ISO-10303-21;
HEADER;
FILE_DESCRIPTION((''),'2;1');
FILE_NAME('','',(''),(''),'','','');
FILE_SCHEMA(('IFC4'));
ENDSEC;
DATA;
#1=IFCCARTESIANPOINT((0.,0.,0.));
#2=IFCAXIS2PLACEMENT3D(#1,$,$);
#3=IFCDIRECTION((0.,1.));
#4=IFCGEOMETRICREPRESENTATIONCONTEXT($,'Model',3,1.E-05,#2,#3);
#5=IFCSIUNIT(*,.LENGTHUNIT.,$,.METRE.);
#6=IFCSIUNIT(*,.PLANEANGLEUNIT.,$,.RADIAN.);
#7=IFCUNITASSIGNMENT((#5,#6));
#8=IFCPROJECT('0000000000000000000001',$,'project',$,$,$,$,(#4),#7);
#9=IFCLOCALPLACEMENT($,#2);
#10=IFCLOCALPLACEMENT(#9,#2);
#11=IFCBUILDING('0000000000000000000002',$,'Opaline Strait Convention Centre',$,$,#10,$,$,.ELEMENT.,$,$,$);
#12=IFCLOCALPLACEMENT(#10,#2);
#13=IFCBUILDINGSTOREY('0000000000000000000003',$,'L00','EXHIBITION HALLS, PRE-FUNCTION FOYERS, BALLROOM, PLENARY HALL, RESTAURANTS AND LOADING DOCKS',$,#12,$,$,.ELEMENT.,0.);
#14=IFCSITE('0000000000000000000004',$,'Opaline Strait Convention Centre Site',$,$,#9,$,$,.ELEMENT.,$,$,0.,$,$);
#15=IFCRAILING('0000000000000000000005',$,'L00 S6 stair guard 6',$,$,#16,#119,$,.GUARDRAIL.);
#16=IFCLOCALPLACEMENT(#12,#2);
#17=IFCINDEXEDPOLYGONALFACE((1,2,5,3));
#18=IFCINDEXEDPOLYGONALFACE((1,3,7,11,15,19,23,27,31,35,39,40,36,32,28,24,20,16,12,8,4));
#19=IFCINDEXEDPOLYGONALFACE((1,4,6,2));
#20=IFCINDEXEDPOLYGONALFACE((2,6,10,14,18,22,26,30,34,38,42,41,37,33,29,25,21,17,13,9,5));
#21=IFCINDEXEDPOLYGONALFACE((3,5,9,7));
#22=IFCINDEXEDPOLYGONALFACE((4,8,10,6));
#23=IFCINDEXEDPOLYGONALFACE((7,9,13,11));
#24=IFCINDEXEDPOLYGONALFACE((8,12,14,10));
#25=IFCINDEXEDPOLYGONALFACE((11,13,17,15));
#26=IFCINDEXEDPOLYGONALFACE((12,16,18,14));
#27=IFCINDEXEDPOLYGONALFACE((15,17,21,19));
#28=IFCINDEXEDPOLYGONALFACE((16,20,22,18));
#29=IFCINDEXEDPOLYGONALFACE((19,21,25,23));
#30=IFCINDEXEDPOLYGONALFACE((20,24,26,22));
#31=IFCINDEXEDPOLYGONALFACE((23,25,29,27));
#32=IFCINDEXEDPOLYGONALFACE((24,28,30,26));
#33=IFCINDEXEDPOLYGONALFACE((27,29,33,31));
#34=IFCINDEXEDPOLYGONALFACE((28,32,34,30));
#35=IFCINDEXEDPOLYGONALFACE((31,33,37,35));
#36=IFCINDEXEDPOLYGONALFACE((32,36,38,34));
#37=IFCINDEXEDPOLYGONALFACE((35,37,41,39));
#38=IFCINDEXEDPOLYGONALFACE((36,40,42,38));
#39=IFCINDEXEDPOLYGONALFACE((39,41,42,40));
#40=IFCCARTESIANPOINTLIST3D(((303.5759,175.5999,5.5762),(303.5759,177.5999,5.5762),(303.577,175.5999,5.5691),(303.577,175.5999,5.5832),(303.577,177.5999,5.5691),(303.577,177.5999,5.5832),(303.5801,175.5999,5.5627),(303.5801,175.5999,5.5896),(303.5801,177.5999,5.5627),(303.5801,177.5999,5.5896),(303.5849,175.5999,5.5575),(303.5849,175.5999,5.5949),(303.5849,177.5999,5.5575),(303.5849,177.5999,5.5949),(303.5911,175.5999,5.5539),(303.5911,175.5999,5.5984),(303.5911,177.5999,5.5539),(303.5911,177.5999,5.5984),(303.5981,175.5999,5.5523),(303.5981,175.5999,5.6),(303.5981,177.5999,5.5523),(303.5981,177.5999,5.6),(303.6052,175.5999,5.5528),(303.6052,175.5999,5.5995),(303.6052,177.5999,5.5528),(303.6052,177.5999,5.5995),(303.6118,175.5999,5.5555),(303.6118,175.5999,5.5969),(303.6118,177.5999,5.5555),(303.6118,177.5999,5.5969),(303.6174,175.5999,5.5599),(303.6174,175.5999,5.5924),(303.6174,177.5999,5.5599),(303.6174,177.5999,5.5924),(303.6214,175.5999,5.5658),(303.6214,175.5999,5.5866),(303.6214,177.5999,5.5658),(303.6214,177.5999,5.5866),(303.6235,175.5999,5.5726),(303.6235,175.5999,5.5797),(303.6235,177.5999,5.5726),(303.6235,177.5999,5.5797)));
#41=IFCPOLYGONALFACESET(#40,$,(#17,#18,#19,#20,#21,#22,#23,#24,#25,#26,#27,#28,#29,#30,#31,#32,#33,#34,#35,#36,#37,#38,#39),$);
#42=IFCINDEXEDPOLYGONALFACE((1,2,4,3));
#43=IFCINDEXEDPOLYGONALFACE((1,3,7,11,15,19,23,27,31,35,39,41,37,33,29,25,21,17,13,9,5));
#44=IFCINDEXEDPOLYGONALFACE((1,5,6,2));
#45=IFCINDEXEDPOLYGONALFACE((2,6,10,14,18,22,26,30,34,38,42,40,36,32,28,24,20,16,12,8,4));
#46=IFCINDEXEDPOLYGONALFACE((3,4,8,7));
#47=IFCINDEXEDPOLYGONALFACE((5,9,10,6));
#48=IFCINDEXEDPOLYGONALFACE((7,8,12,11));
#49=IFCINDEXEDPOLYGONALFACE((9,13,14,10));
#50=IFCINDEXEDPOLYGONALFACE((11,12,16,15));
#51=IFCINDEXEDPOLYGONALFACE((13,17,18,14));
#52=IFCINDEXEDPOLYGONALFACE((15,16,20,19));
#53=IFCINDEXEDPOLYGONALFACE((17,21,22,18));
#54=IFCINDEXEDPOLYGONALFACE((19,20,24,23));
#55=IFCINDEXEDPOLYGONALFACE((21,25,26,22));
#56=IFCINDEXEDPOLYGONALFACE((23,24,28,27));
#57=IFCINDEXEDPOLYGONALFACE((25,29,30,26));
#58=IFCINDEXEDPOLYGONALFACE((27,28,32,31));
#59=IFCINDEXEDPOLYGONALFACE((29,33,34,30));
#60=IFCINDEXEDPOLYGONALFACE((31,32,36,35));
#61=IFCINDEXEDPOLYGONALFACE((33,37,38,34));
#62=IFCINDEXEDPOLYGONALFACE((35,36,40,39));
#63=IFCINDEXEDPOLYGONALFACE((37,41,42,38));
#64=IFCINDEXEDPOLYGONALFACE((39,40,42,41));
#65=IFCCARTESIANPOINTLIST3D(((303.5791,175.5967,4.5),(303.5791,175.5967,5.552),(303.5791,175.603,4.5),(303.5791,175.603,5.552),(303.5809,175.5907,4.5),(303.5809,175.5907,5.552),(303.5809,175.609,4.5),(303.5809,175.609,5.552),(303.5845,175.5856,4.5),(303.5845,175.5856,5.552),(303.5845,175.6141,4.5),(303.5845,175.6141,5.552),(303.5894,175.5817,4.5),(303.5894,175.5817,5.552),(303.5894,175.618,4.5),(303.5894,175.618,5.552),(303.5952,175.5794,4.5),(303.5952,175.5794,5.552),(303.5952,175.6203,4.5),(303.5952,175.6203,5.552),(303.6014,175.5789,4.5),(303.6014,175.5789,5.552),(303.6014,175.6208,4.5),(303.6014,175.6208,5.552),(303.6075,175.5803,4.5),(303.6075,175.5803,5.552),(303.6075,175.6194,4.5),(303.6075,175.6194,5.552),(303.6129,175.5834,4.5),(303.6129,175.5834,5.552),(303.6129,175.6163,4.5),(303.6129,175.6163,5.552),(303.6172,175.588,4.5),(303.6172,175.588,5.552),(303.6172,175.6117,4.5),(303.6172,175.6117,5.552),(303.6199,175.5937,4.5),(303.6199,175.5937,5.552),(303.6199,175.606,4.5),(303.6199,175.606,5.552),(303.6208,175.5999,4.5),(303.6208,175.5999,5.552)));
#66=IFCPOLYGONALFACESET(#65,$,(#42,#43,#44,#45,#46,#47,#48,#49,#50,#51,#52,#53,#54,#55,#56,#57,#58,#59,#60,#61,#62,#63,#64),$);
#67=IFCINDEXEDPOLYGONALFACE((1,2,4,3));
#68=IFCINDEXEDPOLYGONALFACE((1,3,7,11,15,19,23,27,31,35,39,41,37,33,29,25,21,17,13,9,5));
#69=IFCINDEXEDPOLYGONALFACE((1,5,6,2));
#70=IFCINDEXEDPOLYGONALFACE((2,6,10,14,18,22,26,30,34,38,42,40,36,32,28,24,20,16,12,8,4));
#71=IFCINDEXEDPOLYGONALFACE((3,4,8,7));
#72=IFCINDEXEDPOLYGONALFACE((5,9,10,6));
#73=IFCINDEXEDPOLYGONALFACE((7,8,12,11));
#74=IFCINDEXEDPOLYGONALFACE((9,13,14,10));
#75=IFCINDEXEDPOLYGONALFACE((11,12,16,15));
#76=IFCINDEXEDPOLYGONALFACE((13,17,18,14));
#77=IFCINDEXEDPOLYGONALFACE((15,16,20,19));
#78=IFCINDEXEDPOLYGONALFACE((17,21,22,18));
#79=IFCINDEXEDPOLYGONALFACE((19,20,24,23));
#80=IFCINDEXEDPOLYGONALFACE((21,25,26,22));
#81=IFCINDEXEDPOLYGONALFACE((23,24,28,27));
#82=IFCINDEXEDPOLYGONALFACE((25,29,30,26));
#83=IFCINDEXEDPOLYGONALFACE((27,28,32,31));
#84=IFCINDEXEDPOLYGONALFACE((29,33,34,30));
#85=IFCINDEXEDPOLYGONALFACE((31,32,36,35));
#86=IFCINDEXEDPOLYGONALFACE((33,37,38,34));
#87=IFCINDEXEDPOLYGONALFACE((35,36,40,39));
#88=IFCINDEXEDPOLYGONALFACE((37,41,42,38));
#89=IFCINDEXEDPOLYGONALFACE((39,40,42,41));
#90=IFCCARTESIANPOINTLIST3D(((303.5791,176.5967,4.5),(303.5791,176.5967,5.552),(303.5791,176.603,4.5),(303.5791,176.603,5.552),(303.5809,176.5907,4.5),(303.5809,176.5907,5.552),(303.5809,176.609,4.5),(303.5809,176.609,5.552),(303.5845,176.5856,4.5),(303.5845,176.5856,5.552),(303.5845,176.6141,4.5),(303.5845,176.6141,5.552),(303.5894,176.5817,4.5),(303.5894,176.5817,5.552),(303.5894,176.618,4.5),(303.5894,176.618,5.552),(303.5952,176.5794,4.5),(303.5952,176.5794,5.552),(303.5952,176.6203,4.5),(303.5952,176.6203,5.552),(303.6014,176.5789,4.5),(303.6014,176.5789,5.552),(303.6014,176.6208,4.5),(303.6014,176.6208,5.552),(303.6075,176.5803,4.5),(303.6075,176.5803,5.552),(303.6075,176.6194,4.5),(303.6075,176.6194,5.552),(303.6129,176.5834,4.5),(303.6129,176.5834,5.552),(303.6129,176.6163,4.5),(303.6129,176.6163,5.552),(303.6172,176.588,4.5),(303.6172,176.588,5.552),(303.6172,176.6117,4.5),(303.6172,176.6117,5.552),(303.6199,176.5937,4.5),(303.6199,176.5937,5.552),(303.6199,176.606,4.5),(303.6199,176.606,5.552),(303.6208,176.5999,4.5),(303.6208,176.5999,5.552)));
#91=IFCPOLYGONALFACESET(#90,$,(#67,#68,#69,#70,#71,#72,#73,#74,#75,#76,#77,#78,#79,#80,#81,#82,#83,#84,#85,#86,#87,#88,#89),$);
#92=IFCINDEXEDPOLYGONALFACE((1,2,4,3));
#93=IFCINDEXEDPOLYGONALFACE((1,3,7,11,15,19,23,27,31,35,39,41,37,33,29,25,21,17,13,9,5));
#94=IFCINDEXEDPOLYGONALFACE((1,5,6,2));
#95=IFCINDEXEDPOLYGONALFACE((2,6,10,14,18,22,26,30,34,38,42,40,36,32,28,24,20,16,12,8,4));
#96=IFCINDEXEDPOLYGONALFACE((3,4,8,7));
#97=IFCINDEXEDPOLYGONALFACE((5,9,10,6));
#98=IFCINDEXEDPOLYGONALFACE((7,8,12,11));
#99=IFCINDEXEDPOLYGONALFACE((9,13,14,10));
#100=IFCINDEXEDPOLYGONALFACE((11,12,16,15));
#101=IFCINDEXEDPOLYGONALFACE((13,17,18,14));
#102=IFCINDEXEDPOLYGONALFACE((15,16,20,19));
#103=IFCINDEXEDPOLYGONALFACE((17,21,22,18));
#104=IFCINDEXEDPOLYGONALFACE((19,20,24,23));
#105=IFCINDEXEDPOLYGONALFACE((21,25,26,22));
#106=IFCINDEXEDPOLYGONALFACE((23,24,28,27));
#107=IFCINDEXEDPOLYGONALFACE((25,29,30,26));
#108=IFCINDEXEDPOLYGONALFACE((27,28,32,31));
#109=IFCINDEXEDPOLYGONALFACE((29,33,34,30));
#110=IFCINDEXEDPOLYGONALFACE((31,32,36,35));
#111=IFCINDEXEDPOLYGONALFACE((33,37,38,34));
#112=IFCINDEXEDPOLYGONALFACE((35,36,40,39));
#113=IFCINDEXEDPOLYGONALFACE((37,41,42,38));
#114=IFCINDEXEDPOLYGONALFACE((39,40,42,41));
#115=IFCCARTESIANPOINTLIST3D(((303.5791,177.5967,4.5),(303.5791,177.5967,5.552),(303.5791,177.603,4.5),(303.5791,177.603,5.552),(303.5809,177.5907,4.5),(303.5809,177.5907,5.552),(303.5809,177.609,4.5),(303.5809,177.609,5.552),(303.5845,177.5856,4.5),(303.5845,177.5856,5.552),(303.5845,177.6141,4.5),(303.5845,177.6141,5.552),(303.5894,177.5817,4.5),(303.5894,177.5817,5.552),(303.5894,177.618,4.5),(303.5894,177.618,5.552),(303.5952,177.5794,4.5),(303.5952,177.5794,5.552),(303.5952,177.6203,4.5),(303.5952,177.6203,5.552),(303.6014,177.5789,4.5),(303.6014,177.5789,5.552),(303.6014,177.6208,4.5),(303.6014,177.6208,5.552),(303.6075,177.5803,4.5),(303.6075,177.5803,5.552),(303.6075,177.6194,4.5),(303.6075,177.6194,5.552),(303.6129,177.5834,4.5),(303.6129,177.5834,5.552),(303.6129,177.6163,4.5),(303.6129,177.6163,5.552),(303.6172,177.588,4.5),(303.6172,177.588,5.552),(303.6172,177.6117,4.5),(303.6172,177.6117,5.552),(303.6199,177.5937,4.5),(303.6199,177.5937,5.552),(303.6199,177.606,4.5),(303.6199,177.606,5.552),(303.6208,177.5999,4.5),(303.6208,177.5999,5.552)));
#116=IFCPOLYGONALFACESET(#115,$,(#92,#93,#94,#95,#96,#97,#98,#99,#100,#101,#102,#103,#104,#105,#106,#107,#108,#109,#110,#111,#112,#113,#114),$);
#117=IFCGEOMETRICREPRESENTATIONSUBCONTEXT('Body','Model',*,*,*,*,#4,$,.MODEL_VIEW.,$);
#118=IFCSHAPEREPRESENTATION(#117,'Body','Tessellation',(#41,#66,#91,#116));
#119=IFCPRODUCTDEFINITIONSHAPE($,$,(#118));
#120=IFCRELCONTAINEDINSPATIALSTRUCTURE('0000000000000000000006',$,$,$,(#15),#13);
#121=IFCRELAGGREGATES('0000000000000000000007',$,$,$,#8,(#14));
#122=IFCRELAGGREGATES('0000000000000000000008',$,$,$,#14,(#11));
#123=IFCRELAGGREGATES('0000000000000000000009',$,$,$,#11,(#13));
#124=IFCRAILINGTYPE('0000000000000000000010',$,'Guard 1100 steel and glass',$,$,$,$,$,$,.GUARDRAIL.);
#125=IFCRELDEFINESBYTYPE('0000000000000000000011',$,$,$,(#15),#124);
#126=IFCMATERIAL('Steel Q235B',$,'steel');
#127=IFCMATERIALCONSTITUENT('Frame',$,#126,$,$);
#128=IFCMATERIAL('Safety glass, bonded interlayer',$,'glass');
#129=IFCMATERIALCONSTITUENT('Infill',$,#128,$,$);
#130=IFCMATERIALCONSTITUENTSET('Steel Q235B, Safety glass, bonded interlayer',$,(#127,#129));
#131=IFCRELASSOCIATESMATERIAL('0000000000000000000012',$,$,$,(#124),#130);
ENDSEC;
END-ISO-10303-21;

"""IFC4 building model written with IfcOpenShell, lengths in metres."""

from ifc_helpers import new_model, si_unit, direction, frame, origin, origin_2d, place, context, subcontext, project, spatial, circle, extrude, material, constituent, constituent_set, type_object, element, save


model = new_model("IFC4")

# Units and contexts
model_context = context("Model", 3, precision=1e-05, world=origin(), true_north=direction((0.0, 1.0)))
body_context = subcontext(model_context, "Body", "Model", "MODEL_VIEW")
ifc_project = project(units=[si_unit("LENGTHUNIT", "METRE"), si_unit("PLANEANGLEUNIT", "RADIAN")], contexts=[model_context])

# Site, building, storey
site_placement = place(None, origin())
site = spatial("IfcSite", under=ifc_project, at=site_placement, Name="Opaline Strait Convention Centre Site", CompositionType="ELEMENT", RefElevation=0.0)
building_placement = place(site_placement, origin())
building = spatial("IfcBuilding", under=site, at=building_placement, Name="Opaline Strait Convention Centre", CompositionType="ELEMENT")
storey_placement = place(building_placement, origin())
storey = spatial("IfcBuildingStorey", under=building, at=storey_placement, Name="L00", Description="EXHIBITION HALLS, PRE-FUNCTION FOYERS, BALLROOM, PLENARY HALL, RESTAURANTS AND LOADING DOCKS", CompositionType="ELEMENT", Elevation=0.0)

# Railing
ifc_material_1 = material(Name="Steel Q235B", Category="steel")
ifc_constituent_1 = constituent(ifc_material_1, Name="Frame")
ifc_material_2 = material(Name="Safety glass, bonded interlayer", Category="glass")
ifc_constituent_2 = constituent(ifc_material_2, Name="Infill")
ifc_constituent_set = constituent_set(constituents=[ifc_constituent_1, ifc_constituent_2], Name="Steel Q235B, Safety glass, bonded interlayer")
railing_type_1 = type_object("IfcRailingType", Name="Guard 1100 steel and glass", PredefinedType="GUARDRAIL", material=ifc_constituent_set)
railing_1_placement = place(storey_placement, frame((303.5999, 175.5999, 4.5)))
element("IfcRailing", 1, at=railing_1_placement, inside=storey, type_object=railing_type_1, Name="L00 S6 stair guard 6", PredefinedType="GUARDRAIL", context=body_context, shape_type="SweptSolid", body=[
    extrude(circle(Radius=0.0239, at=origin_2d()), frame((0.0, 0.0, 1.0762), z_axis=(0.0, 1.0, 0.0), x_axis=(-1.0, 0.0, 0.0)), (0.0, 0.0, 1.0), 2.0),
    extrude(circle(Radius=0.021, at=origin_2d()), origin(), (0.0, 0.0, 1.0), 1.052),
    extrude(circle(Radius=0.021, at=origin_2d()), frame((0.0, 1.0, 0.0)), (0.0, 0.0, 1.0), 1.052),
    extrude(circle(Radius=0.021, at=origin_2d()), frame((0.0, 2.0, 0.0)), (0.0, 0.0, 1.0), 1.052),
])

save(model, "model.ifc")
